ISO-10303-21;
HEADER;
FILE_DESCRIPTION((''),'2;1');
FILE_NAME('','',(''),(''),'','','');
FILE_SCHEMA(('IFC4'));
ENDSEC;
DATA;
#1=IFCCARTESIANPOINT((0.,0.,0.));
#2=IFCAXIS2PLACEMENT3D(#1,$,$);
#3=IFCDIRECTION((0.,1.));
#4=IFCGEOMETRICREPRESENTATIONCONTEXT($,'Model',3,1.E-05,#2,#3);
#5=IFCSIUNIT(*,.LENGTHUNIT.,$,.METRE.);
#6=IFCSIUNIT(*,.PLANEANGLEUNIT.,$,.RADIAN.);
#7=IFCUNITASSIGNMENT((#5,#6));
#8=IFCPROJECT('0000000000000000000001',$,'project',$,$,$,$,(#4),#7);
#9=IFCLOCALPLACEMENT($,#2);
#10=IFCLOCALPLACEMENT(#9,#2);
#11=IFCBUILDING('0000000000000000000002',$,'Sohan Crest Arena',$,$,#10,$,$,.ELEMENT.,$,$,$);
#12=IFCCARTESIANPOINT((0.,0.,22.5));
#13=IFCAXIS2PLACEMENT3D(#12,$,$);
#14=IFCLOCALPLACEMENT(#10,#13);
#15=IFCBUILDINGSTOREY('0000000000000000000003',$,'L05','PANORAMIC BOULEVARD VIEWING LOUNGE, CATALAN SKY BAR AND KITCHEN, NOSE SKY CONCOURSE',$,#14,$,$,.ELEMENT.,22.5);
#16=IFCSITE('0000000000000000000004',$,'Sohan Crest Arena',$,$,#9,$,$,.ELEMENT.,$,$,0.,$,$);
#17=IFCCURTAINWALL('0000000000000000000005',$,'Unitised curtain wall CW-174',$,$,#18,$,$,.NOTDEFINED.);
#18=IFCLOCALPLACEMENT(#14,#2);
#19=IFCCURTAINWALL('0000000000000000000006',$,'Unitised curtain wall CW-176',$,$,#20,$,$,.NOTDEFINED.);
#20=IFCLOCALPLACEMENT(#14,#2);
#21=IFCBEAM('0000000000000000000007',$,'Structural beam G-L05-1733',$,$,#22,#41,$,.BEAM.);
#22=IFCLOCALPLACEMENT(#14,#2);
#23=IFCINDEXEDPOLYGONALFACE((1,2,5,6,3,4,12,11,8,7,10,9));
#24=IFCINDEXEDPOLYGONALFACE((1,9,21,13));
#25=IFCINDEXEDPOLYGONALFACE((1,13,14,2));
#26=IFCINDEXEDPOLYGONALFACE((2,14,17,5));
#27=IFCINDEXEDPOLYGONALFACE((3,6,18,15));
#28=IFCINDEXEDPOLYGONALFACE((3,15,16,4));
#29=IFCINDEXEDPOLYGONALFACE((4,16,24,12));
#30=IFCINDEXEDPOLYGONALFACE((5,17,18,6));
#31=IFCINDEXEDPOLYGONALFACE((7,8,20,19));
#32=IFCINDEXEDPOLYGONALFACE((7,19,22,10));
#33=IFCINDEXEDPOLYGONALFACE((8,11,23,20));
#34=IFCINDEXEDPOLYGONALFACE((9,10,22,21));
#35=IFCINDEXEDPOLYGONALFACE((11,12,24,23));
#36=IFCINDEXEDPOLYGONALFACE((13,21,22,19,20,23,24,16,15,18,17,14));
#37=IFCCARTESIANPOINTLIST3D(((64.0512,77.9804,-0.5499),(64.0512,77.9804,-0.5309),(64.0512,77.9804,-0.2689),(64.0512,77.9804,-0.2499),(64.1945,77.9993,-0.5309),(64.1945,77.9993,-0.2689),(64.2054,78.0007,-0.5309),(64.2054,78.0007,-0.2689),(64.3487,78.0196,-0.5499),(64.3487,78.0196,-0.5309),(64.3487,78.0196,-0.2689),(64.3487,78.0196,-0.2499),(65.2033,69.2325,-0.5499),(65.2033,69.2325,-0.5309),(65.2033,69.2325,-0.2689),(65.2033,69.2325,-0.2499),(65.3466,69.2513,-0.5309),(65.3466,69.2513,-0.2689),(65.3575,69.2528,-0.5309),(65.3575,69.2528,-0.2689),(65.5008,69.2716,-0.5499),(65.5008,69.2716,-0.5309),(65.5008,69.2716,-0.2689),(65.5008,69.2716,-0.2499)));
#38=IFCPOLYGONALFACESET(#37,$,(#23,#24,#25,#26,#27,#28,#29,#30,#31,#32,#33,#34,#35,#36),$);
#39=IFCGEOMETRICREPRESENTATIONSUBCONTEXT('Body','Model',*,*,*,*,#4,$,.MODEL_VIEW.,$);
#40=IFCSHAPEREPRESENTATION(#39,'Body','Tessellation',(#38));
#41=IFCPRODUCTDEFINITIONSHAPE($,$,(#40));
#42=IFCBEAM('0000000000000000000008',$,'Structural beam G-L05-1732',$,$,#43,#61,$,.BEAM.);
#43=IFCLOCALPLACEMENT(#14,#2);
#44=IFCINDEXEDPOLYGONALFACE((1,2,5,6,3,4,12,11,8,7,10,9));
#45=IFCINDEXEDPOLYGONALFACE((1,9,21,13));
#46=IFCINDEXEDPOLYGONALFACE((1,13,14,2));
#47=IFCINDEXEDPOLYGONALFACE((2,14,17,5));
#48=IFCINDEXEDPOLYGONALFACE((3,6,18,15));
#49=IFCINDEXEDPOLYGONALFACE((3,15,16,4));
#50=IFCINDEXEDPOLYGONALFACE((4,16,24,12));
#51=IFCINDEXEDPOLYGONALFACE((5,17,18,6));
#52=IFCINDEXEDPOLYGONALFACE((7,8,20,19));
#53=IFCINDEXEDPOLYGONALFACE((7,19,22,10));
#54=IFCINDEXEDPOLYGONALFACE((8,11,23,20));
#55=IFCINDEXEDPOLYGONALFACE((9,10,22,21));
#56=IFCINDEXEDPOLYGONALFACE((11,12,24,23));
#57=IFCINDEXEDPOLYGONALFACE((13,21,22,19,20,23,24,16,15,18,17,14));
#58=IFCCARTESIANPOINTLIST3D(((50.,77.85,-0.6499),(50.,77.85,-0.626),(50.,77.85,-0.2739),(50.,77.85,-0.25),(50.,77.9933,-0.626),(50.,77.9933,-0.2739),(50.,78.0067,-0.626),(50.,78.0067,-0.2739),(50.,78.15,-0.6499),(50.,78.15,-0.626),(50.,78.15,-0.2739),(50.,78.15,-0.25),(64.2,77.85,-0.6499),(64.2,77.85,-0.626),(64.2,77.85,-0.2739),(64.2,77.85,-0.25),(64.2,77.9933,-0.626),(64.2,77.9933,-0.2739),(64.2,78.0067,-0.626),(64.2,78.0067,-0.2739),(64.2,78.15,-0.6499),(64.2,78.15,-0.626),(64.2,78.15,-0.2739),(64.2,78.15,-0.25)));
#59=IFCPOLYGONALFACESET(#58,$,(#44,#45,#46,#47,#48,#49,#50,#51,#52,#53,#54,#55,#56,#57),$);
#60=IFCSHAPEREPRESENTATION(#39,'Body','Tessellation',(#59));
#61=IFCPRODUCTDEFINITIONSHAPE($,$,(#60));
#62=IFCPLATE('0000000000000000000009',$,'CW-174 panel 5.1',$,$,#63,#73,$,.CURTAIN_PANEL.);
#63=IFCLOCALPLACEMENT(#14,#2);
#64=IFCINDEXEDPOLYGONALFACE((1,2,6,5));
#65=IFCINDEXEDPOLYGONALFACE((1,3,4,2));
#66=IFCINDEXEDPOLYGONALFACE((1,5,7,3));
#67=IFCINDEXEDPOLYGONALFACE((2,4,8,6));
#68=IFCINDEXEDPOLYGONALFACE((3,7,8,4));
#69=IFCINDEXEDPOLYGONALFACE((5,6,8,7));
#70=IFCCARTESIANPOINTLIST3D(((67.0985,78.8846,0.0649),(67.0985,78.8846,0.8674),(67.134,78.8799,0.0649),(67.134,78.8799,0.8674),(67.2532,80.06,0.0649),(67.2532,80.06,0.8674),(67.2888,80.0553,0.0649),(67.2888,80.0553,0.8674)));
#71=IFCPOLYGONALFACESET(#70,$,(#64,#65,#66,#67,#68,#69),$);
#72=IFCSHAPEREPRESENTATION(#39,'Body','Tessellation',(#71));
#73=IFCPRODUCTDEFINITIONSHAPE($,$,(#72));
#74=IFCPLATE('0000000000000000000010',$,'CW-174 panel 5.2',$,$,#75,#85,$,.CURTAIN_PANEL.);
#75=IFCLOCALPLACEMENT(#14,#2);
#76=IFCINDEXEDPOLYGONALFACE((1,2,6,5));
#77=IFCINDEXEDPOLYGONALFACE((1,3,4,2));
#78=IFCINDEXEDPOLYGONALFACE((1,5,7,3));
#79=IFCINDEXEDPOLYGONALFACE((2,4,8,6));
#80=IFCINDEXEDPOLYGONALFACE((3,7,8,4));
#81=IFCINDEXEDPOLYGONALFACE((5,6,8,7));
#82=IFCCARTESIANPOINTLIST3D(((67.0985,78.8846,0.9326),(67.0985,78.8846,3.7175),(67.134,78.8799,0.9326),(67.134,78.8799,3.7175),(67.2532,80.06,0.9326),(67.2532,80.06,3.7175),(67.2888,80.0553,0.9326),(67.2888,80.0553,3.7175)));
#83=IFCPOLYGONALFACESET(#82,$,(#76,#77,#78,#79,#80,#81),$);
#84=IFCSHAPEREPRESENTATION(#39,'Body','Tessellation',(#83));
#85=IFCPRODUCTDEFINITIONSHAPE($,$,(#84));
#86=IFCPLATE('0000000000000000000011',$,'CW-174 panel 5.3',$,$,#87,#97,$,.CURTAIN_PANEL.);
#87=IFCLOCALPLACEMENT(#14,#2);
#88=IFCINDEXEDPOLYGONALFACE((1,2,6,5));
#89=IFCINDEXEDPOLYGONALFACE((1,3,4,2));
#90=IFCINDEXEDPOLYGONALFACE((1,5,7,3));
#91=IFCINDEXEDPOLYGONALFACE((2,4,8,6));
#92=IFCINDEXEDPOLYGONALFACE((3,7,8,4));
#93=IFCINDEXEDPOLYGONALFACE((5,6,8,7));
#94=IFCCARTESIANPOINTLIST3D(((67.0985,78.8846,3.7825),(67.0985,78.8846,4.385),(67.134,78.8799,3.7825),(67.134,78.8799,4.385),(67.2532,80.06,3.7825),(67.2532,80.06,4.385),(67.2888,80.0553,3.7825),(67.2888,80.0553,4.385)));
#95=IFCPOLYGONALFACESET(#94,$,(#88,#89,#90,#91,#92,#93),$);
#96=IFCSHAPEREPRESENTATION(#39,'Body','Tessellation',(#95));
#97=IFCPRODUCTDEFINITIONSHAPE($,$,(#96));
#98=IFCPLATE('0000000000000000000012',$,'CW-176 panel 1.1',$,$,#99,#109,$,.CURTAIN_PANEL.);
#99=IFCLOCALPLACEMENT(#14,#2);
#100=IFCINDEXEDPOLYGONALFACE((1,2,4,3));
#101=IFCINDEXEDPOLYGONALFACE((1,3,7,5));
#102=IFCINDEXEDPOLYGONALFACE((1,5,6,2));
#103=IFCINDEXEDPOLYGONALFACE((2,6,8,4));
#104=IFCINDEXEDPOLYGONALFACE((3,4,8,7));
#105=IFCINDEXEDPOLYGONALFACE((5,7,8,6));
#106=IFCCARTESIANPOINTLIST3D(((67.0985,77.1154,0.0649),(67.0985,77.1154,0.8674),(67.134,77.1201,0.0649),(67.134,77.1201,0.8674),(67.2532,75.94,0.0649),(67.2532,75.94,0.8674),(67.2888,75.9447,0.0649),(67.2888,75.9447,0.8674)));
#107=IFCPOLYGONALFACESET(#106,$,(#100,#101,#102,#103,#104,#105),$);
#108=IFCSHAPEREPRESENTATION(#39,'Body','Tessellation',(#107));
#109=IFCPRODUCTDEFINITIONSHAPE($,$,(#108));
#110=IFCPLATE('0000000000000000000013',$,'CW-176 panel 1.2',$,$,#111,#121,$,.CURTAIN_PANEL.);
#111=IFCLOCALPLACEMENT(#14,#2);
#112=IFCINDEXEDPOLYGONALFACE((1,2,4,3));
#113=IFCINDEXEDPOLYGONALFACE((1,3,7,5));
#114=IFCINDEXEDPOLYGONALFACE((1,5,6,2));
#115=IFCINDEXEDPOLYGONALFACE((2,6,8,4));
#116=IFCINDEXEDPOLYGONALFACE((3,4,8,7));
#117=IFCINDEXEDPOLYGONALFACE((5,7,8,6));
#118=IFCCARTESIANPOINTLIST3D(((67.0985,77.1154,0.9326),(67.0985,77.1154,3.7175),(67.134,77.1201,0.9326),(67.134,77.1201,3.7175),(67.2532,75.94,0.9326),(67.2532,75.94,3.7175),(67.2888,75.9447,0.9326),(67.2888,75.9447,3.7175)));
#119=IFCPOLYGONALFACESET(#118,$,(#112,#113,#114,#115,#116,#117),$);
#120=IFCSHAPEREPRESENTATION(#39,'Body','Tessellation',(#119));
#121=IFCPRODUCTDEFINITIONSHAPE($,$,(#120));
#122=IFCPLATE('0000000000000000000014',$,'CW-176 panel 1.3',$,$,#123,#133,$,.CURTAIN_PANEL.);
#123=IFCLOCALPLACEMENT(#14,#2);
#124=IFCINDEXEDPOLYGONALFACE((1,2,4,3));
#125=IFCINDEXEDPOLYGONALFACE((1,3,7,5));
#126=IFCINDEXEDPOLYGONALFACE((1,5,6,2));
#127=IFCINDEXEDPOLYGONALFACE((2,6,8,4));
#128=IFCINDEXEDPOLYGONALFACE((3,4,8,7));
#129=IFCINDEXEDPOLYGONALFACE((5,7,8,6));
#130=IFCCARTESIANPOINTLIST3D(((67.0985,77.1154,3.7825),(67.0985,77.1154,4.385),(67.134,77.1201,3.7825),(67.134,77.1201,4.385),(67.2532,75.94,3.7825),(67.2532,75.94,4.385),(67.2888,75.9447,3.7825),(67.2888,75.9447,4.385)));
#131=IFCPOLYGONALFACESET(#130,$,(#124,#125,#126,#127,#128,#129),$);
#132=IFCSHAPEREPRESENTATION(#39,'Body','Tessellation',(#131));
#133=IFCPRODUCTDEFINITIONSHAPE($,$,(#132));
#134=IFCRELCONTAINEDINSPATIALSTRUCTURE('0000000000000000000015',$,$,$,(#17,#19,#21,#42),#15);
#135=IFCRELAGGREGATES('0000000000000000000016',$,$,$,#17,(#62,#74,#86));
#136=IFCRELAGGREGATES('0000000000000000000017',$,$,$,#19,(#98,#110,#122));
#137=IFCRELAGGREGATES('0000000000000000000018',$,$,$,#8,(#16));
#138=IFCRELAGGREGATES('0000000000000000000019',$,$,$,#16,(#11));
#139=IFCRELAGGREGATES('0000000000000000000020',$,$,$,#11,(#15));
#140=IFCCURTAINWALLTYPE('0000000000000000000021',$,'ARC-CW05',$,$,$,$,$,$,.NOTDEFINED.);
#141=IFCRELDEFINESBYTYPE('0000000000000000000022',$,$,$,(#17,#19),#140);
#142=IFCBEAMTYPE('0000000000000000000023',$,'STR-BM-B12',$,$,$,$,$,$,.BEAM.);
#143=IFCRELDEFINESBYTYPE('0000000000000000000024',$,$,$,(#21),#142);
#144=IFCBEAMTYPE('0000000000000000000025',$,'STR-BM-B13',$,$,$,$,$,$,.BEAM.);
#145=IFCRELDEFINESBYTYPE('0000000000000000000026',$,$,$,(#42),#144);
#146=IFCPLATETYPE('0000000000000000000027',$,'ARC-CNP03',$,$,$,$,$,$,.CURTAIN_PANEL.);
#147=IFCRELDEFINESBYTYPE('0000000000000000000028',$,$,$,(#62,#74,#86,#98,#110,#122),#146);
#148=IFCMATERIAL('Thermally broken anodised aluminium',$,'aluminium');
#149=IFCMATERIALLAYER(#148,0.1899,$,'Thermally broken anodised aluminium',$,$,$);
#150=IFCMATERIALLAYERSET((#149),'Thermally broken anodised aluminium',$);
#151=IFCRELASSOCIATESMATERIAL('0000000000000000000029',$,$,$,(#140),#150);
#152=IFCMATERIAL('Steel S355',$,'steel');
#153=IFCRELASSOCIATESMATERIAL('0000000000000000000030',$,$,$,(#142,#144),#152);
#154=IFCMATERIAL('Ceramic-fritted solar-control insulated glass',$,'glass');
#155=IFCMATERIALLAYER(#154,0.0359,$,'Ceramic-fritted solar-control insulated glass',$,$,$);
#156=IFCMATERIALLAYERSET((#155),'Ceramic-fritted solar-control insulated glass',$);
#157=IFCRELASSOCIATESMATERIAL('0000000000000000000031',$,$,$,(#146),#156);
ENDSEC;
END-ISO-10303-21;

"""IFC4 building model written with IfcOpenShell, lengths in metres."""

from ifc_helpers import new_model, si_unit, direction, frame, origin, origin_2d, place, context, subcontext, project, spatial, rectangle, i_section, extrude, material, layer, layer_set, material_profile, profile_set, type_object, element, aggregate, save


model = new_model("IFC4")

# Units and contexts
model_context = context("Model", 3, precision=1e-05, world=origin(), true_north=direction((0.0, 1.0)))
body_context = subcontext(model_context, "Body", "Model", "MODEL_VIEW")
ifc_project = project(units=[si_unit("LENGTHUNIT", "METRE"), si_unit("PLANEANGLEUNIT", "RADIAN")], contexts=[model_context])

# Site, building, storey
site_placement = place(None, origin())
site = spatial("IfcSite", under=ifc_project, at=site_placement, Name="Sohan Crest Arena", CompositionType="ELEMENT", RefElevation=0.0)
building_placement = place(site_placement, origin())
building = spatial("IfcBuilding", under=site, at=building_placement, Name="Sohan Crest Arena", CompositionType="ELEMENT")
storey_placement = place(building_placement, frame((0.0, 0.0, 22.5)))
storey = spatial("IfcBuildingStorey", under=building, at=storey_placement, Name="L05", Description="PANORAMIC BOULEVARD VIEWING LOUNGE, CATALAN SKY BAR AND KITCHEN, NOSE SKY CONCOURSE", CompositionType="ELEMENT", Elevation=22.5)

# Shared definitions
ifc_material_1 = material(Name="Steel S355", Category="steel")

# Curtain wall
ifc_material_2 = material(Name="Thermally broken anodised aluminium", Category="aluminium")
ifc_layer_1 = layer(ifc_material_2, 0.1899, Name="Thermally broken anodised aluminium")
ifc_layer_set_1 = layer_set([ifc_layer_1], Name="Thermally broken anodised aluminium")
curtain_wall_type = type_object("IfcCurtainWallType", Name="ARC-CW05", PredefinedType="NOTDEFINED", material=ifc_layer_set_1)
curtain_wall_1_placement = place(storey_placement, origin())
curtain_wall_1 = element("IfcCurtainWall", 1, at=curtain_wall_1_placement, inside=storey, type_object=curtain_wall_type, Name="Unitised curtain wall CW-174", PredefinedType="NOTDEFINED")

# Curtain wall
curtain_wall_2_placement = place(storey_placement, origin())
curtain_wall_2 = element("IfcCurtainWall", 2, at=curtain_wall_2_placement, inside=storey, type_object=curtain_wall_type, Name="Unitised curtain wall CW-176", PredefinedType="NOTDEFINED")

# Beams
ifc_material_profile_1 = material_profile(ifc_material_1, i_section(OverallWidth=0.3, OverallDepth=0.3, WebThickness=0.011, FlangeThickness=0.019, at=origin_2d()), Name="HEB 300")
ifc_profile_set_1 = profile_set([ifc_material_profile_1], Name="Steel S355")
beam_type_1 = type_object("IfcBeamType", Name="STR-BM-B12", PredefinedType="BEAM", material=ifc_profile_set_1)
beam_1_placement = place(storey_placement, frame((64.2, 78.0, -0.3999), z_axis=(0.13057, -0.991439, 0.0), x_axis=(0.991439, 0.13057, 0.0)))
element("IfcBeam", 3, at=beam_1_placement, inside=storey, type_object=beam_type_1, Name="Structural beam G-L05-1733", PredefinedType="BEAM", context=body_context, shape_type="SweptSolid", body=[
    extrude(i_section(OverallWidth=0.3, OverallDepth=0.3, WebThickness=0.011, FlangeThickness=0.019, at=origin_2d()), origin(), (0.0, 0.0, 1.0), 8.8235),
])
ifc_material_profile_2 = material_profile(ifc_material_1, i_section(OverallWidth=0.3, OverallDepth=0.3999, WebThickness=0.0134, FlangeThickness=0.0239, at=origin_2d()), Name="HEB 400")
ifc_profile_set_2 = profile_set([ifc_material_profile_2], Name="Steel S355")
beam_type_2 = type_object("IfcBeamType", Name="STR-BM-B13", PredefinedType="BEAM", material=ifc_profile_set_2)
beam_2_placement = place(storey_placement, frame((64.2, 78.0, -0.45), z_axis=(-1.0, 0.0, 0.0), x_axis=(0.0, -1.0, 0.0)))
element("IfcBeam", 4, at=beam_2_placement, inside=storey, type_object=beam_type_2, Name="Structural beam G-L05-1732", PredefinedType="BEAM", context=body_context, shape_type="SweptSolid", body=[
    extrude(i_section(OverallWidth=0.3, OverallDepth=0.3999, WebThickness=0.0134, FlangeThickness=0.0239, at=origin_2d()), origin(), (0.0, 0.0, 1.0), 14.2),
])

# Plates
ifc_material_3 = material(Name="Ceramic-fritted solar-control insulated glass", Category="glass")
ifc_layer_2 = layer(ifc_material_3, 0.0359, Name="Ceramic-fritted solar-control insulated glass")
ifc_layer_set_2 = layer_set([ifc_layer_2], Name="Ceramic-fritted solar-control insulated glass")
plate_type = type_object("IfcPlateType", Name="ARC-CNP03", PredefinedType="CURTAIN_PANEL", material=ifc_layer_set_2)
plate_1_placement = place(storey_placement, frame((67.1936, 79.47, 0.0649), z_axis=(0.0, 0.0, 1.0), x_axis=(-0.130499, -0.991448, 0.0)))
plate_1 = element("IfcPlate", 5, at=plate_1_placement, type_object=plate_type, Name="CW-174 panel 5.1", PredefinedType="CURTAIN_PANEL", context=body_context, shape_type="SweptSolid", body=[
    extrude(rectangle(XDim=1.1855, YDim=0.0359, at=origin_2d()), origin(), (0.0, 0.0, 1.0), 0.8025),
])
plate_2_placement = place(storey_placement, frame((67.1936, 79.47, 0.9326), z_axis=(0.0, 0.0, 1.0), x_axis=(-0.130499, -0.991448, 0.0)))
plate_2 = element("IfcPlate", 6, at=plate_2_placement, type_object=plate_type, Name="CW-174 panel 5.2", PredefinedType="CURTAIN_PANEL", context=body_context, shape_type="SweptSolid", body=[
    extrude(rectangle(XDim=1.1855, YDim=0.0359, at=origin_2d()), origin(), (0.0, 0.0, 1.0), 2.7849),
])
plate_3_placement = place(storey_placement, frame((67.1936, 79.47, 3.7825), z_axis=(0.0, 0.0, 1.0), x_axis=(-0.130499, -0.991448, 0.0)))
plate_3 = element("IfcPlate", 7, at=plate_3_placement, type_object=plate_type, Name="CW-174 panel 5.3", PredefinedType="CURTAIN_PANEL", context=body_context, shape_type="SweptSolid", body=[
    extrude(rectangle(XDim=1.1855, YDim=0.0359, at=origin_2d()), origin(), (0.0, 0.0, 1.0), 0.6025),
])
aggregate(curtain_wall_1, [plate_1, plate_2, plate_3])
plate_4_placement = place(storey_placement, frame((67.1936, 76.53, 0.0649), z_axis=(0.0, 0.0, 1.0), x_axis=(0.130499, -0.991448, 0.0)))
plate_4 = element("IfcPlate", 8, at=plate_4_placement, type_object=plate_type, Name="CW-176 panel 1.1", PredefinedType="CURTAIN_PANEL", context=body_context, shape_type="SweptSolid", body=[
    extrude(rectangle(XDim=1.1855, YDim=0.0359, at=origin_2d()), origin(), (0.0, 0.0, 1.0), 0.8025),
])
plate_5_placement = place(storey_placement, frame((67.1936, 76.53, 0.9326), z_axis=(0.0, 0.0, 1.0), x_axis=(0.130499, -0.991448, 0.0)))
plate_5 = element("IfcPlate", 9, at=plate_5_placement, type_object=plate_type, Name="CW-176 panel 1.2", PredefinedType="CURTAIN_PANEL", context=body_context, shape_type="SweptSolid", body=[
    extrude(rectangle(XDim=1.1855, YDim=0.0359, at=origin_2d()), origin(), (0.0, 0.0, 1.0), 2.7849),
])
plate_6_placement = place(storey_placement, frame((67.1936, 76.53, 3.7825), z_axis=(0.0, 0.0, 1.0), x_axis=(0.130499, -0.991448, 0.0)))
plate_6 = element("IfcPlate", 10, at=plate_6_placement, type_object=plate_type, Name="CW-176 panel 1.3", PredefinedType="CURTAIN_PANEL", context=body_context, shape_type="SweptSolid", body=[
    extrude(rectangle(XDim=1.1855, YDim=0.0359, at=origin_2d()), origin(), (0.0, 0.0, 1.0), 0.6025),
])
aggregate(curtain_wall_2, [plate_4, plate_5, plate_6])

save(model, "model.ifc")
